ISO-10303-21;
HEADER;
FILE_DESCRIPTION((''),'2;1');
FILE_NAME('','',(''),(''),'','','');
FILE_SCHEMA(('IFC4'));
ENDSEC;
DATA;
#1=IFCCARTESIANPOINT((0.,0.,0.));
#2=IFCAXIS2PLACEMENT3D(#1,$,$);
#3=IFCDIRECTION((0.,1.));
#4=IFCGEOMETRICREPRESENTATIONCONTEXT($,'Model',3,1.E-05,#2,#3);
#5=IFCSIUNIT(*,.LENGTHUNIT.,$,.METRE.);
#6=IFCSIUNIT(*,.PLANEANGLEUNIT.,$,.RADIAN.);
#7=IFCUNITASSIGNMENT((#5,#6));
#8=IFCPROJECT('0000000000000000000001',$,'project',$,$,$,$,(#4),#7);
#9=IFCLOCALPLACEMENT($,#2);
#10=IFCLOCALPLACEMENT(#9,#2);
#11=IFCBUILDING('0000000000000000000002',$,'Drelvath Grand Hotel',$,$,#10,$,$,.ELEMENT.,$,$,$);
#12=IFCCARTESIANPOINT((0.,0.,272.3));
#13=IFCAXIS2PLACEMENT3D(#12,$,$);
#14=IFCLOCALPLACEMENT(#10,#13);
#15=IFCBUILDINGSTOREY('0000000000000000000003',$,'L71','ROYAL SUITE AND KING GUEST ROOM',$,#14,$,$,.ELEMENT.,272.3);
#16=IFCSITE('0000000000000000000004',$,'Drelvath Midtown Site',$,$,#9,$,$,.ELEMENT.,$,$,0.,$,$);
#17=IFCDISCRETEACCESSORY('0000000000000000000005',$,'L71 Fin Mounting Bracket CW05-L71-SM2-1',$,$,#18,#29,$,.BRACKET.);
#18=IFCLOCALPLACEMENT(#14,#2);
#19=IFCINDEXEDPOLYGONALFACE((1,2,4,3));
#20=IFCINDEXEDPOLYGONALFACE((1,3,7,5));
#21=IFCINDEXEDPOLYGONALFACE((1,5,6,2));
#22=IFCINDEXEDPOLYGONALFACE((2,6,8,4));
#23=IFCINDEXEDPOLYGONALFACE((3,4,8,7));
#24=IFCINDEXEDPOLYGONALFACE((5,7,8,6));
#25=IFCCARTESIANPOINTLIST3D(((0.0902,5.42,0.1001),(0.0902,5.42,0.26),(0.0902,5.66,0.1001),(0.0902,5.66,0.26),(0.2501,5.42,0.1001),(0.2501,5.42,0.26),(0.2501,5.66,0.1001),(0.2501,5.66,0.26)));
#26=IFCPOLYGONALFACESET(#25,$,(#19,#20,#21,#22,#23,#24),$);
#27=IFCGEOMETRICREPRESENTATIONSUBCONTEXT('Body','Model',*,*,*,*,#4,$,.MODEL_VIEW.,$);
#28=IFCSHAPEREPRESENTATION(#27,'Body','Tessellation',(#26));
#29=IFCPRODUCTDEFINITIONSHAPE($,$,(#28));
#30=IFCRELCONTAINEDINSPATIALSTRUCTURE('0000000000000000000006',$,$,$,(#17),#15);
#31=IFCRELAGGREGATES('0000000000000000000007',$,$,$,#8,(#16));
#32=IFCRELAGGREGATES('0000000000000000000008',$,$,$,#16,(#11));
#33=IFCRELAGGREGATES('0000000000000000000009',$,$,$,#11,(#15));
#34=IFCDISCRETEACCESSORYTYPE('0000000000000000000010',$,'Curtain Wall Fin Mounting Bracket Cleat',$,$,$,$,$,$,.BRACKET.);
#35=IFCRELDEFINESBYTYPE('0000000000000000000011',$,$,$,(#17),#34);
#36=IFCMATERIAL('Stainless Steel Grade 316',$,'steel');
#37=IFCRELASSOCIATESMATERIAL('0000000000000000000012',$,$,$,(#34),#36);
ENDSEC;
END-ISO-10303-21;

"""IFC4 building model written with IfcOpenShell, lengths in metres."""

from ifc_helpers import new_model, si_unit, direction, frame, origin, origin_2d, place, context, subcontext, project, spatial, rectangle, extrude, material, type_object, element, save


model = new_model("IFC4")

# Units and contexts
model_context = context("Model", 3, precision=1e-05, world=origin(), true_north=direction((0.0, 1.0)))
body_context = subcontext(model_context, "Body", "Model", "MODEL_VIEW")
ifc_project = project(units=[si_unit("LENGTHUNIT", "METRE"), si_unit("PLANEANGLEUNIT", "RADIAN")], contexts=[model_context])

# Site, building, storey
site_placement = place(None, origin())
site = spatial("IfcSite", under=ifc_project, at=site_placement, Name="Drelvath Midtown Site", CompositionType="ELEMENT", RefElevation=0.0)
building_placement = place(site_placement, origin())
building = spatial("IfcBuilding", under=site, at=building_placement, Name="Drelvath Grand Hotel", CompositionType="ELEMENT")
storey_placement = place(building_placement, frame((0.0, 0.0, 272.3)))
storey = spatial("IfcBuildingStorey", under=building, at=storey_placement, Name="L71", Description="ROYAL SUITE AND KING GUEST ROOM", CompositionType="ELEMENT", Elevation=272.3)

# Discrete accessory
ifc_material_1 = material(Name="Stainless Steel Grade 316", Category="steel")
discrete_accessory_type = type_object("IfcDiscreteAccessoryType", Name="Curtain Wall Fin Mounting Bracket Cleat", PredefinedType="BRACKET", material=ifc_material_1)
discrete_accessory_placement = place(storey_placement, frame((0.1702, 5.54, 0.1001), z_axis=(0.0, 0.0, 1.0), x_axis=(-1.0, 0.0, 0.0)))
element("IfcDiscreteAccessory", 1, at=discrete_accessory_placement, inside=storey, type_object=discrete_accessory_type, Name="L71 Fin Mounting Bracket CW05-L71-SM2-1", PredefinedType="BRACKET", context=body_context, shape_type="SweptSolid", body=[
    extrude(rectangle(XDim=0.1599, YDim=0.24, at=origin_2d()), origin(), (0.0, 0.0, 1.0), 0.1599),
])

save(model, "model.ifc")
